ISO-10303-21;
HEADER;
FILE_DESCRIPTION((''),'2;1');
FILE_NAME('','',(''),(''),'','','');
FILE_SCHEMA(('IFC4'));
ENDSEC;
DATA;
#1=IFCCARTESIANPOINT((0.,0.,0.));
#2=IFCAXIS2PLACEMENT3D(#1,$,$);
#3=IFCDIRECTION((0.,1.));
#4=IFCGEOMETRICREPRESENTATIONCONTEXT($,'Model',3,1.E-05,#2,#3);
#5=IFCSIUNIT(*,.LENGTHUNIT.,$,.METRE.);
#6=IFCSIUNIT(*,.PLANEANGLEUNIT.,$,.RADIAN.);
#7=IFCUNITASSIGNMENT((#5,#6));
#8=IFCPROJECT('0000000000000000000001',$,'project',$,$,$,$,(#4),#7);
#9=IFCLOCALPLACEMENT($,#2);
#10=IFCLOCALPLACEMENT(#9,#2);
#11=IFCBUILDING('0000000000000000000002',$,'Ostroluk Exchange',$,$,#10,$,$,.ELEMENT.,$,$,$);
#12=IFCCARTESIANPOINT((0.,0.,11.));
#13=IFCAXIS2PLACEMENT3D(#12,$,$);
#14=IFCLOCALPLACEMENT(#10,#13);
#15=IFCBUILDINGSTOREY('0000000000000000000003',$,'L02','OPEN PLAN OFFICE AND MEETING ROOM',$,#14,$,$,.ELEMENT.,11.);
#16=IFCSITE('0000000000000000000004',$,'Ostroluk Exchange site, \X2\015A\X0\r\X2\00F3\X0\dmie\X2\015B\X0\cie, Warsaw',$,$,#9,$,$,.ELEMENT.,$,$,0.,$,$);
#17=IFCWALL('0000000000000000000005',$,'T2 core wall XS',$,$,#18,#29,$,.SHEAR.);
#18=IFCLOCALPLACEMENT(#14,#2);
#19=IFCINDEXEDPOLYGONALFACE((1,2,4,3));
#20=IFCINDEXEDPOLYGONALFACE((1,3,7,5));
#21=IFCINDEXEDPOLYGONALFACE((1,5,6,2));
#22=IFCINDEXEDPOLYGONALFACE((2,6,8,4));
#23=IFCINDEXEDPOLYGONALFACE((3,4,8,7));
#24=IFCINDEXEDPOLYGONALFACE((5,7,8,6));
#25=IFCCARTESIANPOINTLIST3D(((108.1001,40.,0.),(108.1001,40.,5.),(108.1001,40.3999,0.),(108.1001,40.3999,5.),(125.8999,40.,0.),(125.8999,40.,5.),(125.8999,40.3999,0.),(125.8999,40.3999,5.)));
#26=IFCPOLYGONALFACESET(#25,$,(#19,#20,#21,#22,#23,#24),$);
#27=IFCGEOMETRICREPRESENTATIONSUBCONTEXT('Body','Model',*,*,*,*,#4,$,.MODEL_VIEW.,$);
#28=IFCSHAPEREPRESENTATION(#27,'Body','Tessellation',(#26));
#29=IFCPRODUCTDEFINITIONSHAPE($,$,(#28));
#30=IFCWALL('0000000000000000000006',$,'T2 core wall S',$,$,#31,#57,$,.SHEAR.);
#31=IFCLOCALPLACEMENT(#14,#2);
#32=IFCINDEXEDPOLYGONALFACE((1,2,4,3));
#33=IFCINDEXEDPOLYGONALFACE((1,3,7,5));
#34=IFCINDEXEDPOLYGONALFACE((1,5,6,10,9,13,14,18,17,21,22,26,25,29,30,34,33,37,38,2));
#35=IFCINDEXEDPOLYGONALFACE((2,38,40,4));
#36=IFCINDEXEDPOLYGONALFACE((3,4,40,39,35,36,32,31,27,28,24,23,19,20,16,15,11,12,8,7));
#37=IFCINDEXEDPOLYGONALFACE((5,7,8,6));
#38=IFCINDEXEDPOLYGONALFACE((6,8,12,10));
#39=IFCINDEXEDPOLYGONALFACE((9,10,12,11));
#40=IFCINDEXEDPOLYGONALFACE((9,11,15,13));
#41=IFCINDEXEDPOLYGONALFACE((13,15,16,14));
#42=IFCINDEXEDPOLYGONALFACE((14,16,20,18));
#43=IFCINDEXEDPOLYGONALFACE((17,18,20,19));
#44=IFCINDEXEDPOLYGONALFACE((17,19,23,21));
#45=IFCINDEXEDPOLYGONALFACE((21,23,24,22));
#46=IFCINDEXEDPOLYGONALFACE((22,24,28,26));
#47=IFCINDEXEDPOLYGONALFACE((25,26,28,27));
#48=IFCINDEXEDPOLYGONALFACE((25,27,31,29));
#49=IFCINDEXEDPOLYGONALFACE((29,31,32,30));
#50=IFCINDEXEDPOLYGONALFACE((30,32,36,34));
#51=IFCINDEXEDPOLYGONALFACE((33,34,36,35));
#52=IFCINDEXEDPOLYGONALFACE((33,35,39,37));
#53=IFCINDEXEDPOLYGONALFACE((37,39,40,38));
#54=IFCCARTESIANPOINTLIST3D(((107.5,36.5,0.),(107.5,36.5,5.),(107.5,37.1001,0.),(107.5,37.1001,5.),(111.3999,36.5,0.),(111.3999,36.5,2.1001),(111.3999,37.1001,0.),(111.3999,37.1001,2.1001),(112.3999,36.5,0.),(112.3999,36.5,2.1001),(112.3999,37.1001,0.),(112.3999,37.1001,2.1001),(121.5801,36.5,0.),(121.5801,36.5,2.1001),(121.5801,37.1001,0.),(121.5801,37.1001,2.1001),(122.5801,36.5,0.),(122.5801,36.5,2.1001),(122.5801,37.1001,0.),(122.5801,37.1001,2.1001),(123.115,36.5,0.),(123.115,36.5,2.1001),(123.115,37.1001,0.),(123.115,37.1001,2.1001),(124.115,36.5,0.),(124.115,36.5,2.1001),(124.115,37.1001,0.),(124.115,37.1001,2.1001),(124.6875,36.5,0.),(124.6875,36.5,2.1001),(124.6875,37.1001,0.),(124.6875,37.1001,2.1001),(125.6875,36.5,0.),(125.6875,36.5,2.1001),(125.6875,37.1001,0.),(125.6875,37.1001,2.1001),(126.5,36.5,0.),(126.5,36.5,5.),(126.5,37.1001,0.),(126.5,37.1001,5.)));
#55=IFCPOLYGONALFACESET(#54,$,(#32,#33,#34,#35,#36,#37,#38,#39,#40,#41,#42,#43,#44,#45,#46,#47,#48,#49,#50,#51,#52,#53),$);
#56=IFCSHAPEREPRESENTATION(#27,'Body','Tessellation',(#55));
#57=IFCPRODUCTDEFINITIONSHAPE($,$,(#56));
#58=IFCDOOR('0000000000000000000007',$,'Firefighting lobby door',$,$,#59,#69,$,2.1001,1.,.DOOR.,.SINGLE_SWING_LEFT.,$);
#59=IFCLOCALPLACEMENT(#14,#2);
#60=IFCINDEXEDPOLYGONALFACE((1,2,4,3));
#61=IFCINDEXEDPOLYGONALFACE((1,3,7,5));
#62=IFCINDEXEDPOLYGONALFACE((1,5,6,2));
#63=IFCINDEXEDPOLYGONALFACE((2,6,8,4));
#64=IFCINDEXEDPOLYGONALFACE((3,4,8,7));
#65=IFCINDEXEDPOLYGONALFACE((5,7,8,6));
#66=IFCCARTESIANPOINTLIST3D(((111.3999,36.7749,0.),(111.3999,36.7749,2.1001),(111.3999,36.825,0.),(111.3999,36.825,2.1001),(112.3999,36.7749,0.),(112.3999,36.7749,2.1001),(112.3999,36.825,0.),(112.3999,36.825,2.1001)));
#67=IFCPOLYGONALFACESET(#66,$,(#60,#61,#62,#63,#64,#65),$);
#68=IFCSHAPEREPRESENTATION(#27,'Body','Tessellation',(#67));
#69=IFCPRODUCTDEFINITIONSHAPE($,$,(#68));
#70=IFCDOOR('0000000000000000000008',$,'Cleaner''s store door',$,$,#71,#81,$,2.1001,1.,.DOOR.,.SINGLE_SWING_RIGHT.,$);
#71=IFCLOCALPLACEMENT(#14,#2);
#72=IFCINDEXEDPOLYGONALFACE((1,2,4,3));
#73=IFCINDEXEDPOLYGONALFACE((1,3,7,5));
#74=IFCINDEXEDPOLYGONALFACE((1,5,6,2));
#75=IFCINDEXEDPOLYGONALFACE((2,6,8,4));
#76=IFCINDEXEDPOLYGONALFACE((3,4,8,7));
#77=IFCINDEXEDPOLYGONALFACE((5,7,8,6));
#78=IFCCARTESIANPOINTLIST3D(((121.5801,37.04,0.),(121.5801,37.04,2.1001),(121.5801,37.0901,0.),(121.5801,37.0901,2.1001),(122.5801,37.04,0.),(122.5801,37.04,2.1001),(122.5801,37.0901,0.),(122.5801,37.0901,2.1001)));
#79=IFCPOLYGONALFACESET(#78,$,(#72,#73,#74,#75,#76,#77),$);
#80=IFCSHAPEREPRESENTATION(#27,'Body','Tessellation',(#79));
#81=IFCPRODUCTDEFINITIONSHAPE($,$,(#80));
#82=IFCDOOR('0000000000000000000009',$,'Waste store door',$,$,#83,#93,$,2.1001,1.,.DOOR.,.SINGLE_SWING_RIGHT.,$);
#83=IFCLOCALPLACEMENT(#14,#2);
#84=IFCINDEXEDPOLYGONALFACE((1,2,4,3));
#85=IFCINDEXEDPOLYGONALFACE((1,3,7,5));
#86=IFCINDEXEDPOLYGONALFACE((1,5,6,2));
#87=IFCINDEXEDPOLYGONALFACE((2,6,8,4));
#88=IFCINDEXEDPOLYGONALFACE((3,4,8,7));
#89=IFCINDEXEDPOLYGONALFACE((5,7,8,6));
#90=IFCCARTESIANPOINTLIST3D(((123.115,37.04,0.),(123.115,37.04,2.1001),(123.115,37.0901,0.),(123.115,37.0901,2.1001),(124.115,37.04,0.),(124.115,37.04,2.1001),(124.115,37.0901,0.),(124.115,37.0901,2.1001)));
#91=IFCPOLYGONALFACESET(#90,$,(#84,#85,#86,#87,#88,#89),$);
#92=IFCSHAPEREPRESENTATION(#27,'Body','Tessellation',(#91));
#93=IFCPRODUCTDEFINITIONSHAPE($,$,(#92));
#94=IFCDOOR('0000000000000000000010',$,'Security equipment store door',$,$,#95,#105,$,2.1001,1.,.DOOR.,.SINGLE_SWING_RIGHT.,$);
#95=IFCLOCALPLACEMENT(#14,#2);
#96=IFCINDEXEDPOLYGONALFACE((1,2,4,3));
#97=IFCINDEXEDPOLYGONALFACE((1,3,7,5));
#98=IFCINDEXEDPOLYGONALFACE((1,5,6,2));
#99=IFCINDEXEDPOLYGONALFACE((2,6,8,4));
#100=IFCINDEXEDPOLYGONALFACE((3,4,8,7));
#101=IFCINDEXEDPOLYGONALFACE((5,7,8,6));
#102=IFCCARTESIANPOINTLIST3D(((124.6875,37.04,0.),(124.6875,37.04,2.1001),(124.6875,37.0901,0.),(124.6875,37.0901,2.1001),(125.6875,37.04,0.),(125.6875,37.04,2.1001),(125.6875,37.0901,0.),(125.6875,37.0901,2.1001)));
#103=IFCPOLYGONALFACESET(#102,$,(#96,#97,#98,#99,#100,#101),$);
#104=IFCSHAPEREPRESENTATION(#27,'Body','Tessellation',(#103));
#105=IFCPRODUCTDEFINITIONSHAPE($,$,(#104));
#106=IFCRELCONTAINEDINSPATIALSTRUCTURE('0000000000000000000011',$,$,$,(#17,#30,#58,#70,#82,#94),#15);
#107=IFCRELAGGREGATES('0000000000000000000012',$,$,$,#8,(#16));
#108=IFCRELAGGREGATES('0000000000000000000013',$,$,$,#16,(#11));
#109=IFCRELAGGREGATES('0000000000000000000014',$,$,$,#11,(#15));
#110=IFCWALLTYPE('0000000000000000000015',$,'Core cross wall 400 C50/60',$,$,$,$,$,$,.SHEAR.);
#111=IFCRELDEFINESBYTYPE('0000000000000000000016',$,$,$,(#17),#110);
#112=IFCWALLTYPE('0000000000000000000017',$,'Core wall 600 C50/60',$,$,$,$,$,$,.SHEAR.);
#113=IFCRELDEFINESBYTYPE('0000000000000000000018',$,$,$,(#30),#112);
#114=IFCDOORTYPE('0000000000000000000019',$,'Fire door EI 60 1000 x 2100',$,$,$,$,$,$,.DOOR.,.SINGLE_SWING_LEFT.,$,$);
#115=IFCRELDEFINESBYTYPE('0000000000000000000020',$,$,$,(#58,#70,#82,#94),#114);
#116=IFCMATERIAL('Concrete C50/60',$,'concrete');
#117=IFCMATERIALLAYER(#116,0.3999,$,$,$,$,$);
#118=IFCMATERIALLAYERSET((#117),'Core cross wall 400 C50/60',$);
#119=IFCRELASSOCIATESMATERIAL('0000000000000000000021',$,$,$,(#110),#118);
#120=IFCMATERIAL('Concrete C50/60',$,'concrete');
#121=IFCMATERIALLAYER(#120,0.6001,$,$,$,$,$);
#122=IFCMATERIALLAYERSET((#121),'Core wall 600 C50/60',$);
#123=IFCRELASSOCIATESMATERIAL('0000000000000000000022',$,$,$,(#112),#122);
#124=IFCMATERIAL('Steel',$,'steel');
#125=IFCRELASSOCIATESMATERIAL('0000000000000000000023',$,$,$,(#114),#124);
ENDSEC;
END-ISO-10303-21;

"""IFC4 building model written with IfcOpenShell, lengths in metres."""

from ifc_helpers import new_model, si_unit, direction, frame, frame_2d, origin, place, context, subcontext, project, spatial, rectangle, extrude, material, layer, layer_set, type_object, element, fill, save


model = new_model("IFC4")

# Units and contexts
model_context = context("Model", 3, precision=1e-05, world=origin(), true_north=direction((0.0, 1.0)))
body_context = subcontext(model_context, "Body", "Model", "MODEL_VIEW")
ifc_project = project(units=[si_unit("LENGTHUNIT", "METRE"), si_unit("PLANEANGLEUNIT", "RADIAN")], contexts=[model_context])

# Site, building, storey
site_placement = place(None, origin())
site = spatial("IfcSite", under=ifc_project, at=site_placement, Name="Ostroluk Exchange site, Śródmieście, Warsaw", CompositionType="ELEMENT", RefElevation=0.0)
building_placement = place(site_placement, origin())
building = spatial("IfcBuilding", under=site, at=building_placement, Name="Ostroluk Exchange", CompositionType="ELEMENT")
storey_placement = place(building_placement, frame((0.0, 0.0, 11.0)))
storey = spatial("IfcBuildingStorey", under=building, at=storey_placement, Name="L02", Description="OPEN PLAN OFFICE AND MEETING ROOM", CompositionType="ELEMENT", Elevation=11.0)

# Wall
ifc_material_1 = material(Name="Concrete C50/60", Category="concrete")
ifc_layer_1 = layer(ifc_material_1, 0.3999)
ifc_layer_set_1 = layer_set([ifc_layer_1], Name="Core cross wall 400 C50/60")
wall_type_1 = type_object("IfcWallType", Name="Core cross wall 400 C50/60", PredefinedType="SHEAR", material=ifc_layer_set_1)
wall_1_placement = place(storey_placement, frame((108.1001, 40.2, 0.0), z_axis=(0.0, 0.0, 1.0), x_axis=(1.0, 0.0, 0.0)))
element("IfcWall", 1, at=wall_1_placement, inside=storey, type_object=wall_type_1, Name="T2 core wall XS", PredefinedType="SHEAR", context=body_context, shape_type="SweptSolid", body=[
    extrude(rectangle(XDim=17.7998, YDim=0.3999, at=frame_2d((8.8999, 0.0))), origin(), (0.0, 0.0, 1.0), 5.0),
])

# Wall, openings, doors
ifc_material_2 = material(Name="Concrete C50/60", Category="concrete")
ifc_layer_2 = layer(ifc_material_2, 0.6001)
ifc_layer_set_2 = layer_set([ifc_layer_2], Name="Core wall 600 C50/60")
wall_type_2 = type_object("IfcWallType", Name="Core wall 600 C50/60", PredefinedType="SHEAR", material=ifc_layer_set_2)
wall_2_placement = place(storey_placement, frame((107.5, 36.8, 0.0), z_axis=(0.0, 0.0, 1.0), x_axis=(1.0, 0.0, 0.0)))
wall_2 = element("IfcWall", 2, at=wall_2_placement, inside=storey, type_object=wall_type_2, Name="T2 core wall S", PredefinedType="SHEAR", context=body_context, shape_type="SweptSolid", body=[
    extrude(rectangle(XDim=19.0, YDim=0.6001, at=frame_2d((9.5, 0.0))), origin(), (0.0, 0.0, 1.0), 5.0),
])
opening_1_placement = place(wall_2_placement, frame((3.8999, 0.0, 0.0)))
opening_1 = element("IfcOpeningElement", 3, at=opening_1_placement, cuts=wall_2, PredefinedType="OPENING", context=body_context, shape_type="SweptSolid", body=[
    extrude(rectangle(XDim=1.0, YDim=2.1001, at=frame_2d((0.5, 1.05))), frame((0.0, 0.3101, 0.0), z_axis=(0.0, -1.0, 0.0), x_axis=(1.0, 0.0, 0.0)), (0.0, 0.0, 1.0), 0.6201),
])
opening_2_placement = place(wall_2_placement, frame((14.0801, 0.0, 0.0)))
opening_2 = element("IfcOpeningElement", 4, at=opening_2_placement, cuts=wall_2, PredefinedType="OPENING", context=body_context, shape_type="SweptSolid", body=[
    extrude(rectangle(XDim=1.0, YDim=2.1001, at=frame_2d((0.5, 1.05))), frame((0.0, 0.3101, 0.0), z_axis=(0.0, -1.0, 0.0), x_axis=(1.0, 0.0, 0.0)), (0.0, 0.0, 1.0), 0.6201),
])
opening_3_placement = place(wall_2_placement, frame((15.615, 0.0, 0.0)))
opening_3 = element("IfcOpeningElement", 5, at=opening_3_placement, cuts=wall_2, PredefinedType="OPENING", context=body_context, shape_type="SweptSolid", body=[
    extrude(rectangle(XDim=1.0, YDim=2.1001, at=frame_2d((0.5, 1.05))), frame((0.0, 0.3101, 0.0), z_axis=(0.0, -1.0, 0.0), x_axis=(1.0, 0.0, 0.0)), (0.0, 0.0, 1.0), 0.6201),
])
opening_4_placement = place(wall_2_placement, frame((17.1875, 0.0, 0.0)))
opening_4 = element("IfcOpeningElement", 6, at=opening_4_placement, cuts=wall_2, PredefinedType="OPENING", context=body_context, shape_type="SweptSolid", body=[
    extrude(rectangle(XDim=1.0, YDim=2.1001, at=frame_2d((0.5, 1.05))), frame((0.0, 0.3101, 0.0), z_axis=(0.0, -1.0, 0.0), x_axis=(1.0, 0.0, 0.0)), (0.0, 0.0, 1.0), 0.6201),
])
ifc_material_3 = material(Name="Steel", Category="steel")
door_type_1 = type_object("IfcDoorType", Name="Fire door EI 60 1000 x 2100", OperationType="SINGLE_SWING_LEFT", PredefinedType="DOOR", material=ifc_material_3)
door_1_placement = place(opening_1_placement, origin())
door_1 = element("IfcDoor", 7, at=door_1_placement, inside=storey, type_object=door_type_1, Name="Firefighting lobby door", OperationType="SINGLE_SWING_LEFT", OverallHeight=2.1001, OverallWidth=1.0, PredefinedType="DOOR", context=body_context, shape_type="SweptSolid", body=[
    extrude(rectangle(XDim=1.0, YDim=2.1001, at=frame_2d((0.5, 1.05))), frame((0.0, 0.0249, 0.0), z_axis=(0.0, -1.0, 0.0), x_axis=(1.0, 0.0, 0.0)), (0.0, 0.0, 1.0), 0.05),
])
fill(opening_1, door_1)
door_2_placement = place(opening_2_placement, origin())
door_2 = element("IfcDoor", 8, at=door_2_placement, inside=storey, type_object=door_type_1, Name="Cleaner's store door", OperationType="SINGLE_SWING_RIGHT", OverallHeight=2.1001, OverallWidth=1.0, PredefinedType="DOOR", context=body_context, shape_type="SweptSolid", body=[
    extrude(rectangle(XDim=1.0, YDim=2.1001, at=frame_2d((0.5, 1.05))), frame((0.0, 0.29, 0.0), z_axis=(0.0, -1.0, 0.0), x_axis=(1.0, 0.0, 0.0)), (0.0, 0.0, 1.0), 0.05),
])
fill(opening_2, door_2)
door_3_placement = place(opening_3_placement, origin())
door_3 = element("IfcDoor", 9, at=door_3_placement, inside=storey, type_object=door_type_1, Name="Waste store door", OperationType="SINGLE_SWING_RIGHT", OverallHeight=2.1001, OverallWidth=1.0, PredefinedType="DOOR", context=body_context, shape_type="SweptSolid", body=[
    extrude(rectangle(XDim=1.0, YDim=2.1001, at=frame_2d((0.5, 1.05))), frame((0.0, 0.29, 0.0), z_axis=(0.0, -1.0, 0.0), x_axis=(1.0, 0.0, 0.0)), (0.0, 0.0, 1.0), 0.05),
])
fill(opening_3, door_3)
door_4_placement = place(opening_4_placement, origin())
door_4 = element("IfcDoor", 10, at=door_4_placement, inside=storey, type_object=door_type_1, Name="Security equipment store door", OperationType="SINGLE_SWING_RIGHT", OverallHeight=2.1001, OverallWidth=1.0, PredefinedType="DOOR", context=body_context, shape_type="SweptSolid", body=[
    extrude(rectangle(XDim=1.0, YDim=2.1001, at=frame_2d((0.5, 1.05))), frame((0.0, 0.29, 0.0), z_axis=(0.0, -1.0, 0.0), x_axis=(1.0, 0.0, 0.0)), (0.0, 0.0, 1.0), 0.05),
])
fill(opening_4, door_4)

save(model, "model.ifc")
